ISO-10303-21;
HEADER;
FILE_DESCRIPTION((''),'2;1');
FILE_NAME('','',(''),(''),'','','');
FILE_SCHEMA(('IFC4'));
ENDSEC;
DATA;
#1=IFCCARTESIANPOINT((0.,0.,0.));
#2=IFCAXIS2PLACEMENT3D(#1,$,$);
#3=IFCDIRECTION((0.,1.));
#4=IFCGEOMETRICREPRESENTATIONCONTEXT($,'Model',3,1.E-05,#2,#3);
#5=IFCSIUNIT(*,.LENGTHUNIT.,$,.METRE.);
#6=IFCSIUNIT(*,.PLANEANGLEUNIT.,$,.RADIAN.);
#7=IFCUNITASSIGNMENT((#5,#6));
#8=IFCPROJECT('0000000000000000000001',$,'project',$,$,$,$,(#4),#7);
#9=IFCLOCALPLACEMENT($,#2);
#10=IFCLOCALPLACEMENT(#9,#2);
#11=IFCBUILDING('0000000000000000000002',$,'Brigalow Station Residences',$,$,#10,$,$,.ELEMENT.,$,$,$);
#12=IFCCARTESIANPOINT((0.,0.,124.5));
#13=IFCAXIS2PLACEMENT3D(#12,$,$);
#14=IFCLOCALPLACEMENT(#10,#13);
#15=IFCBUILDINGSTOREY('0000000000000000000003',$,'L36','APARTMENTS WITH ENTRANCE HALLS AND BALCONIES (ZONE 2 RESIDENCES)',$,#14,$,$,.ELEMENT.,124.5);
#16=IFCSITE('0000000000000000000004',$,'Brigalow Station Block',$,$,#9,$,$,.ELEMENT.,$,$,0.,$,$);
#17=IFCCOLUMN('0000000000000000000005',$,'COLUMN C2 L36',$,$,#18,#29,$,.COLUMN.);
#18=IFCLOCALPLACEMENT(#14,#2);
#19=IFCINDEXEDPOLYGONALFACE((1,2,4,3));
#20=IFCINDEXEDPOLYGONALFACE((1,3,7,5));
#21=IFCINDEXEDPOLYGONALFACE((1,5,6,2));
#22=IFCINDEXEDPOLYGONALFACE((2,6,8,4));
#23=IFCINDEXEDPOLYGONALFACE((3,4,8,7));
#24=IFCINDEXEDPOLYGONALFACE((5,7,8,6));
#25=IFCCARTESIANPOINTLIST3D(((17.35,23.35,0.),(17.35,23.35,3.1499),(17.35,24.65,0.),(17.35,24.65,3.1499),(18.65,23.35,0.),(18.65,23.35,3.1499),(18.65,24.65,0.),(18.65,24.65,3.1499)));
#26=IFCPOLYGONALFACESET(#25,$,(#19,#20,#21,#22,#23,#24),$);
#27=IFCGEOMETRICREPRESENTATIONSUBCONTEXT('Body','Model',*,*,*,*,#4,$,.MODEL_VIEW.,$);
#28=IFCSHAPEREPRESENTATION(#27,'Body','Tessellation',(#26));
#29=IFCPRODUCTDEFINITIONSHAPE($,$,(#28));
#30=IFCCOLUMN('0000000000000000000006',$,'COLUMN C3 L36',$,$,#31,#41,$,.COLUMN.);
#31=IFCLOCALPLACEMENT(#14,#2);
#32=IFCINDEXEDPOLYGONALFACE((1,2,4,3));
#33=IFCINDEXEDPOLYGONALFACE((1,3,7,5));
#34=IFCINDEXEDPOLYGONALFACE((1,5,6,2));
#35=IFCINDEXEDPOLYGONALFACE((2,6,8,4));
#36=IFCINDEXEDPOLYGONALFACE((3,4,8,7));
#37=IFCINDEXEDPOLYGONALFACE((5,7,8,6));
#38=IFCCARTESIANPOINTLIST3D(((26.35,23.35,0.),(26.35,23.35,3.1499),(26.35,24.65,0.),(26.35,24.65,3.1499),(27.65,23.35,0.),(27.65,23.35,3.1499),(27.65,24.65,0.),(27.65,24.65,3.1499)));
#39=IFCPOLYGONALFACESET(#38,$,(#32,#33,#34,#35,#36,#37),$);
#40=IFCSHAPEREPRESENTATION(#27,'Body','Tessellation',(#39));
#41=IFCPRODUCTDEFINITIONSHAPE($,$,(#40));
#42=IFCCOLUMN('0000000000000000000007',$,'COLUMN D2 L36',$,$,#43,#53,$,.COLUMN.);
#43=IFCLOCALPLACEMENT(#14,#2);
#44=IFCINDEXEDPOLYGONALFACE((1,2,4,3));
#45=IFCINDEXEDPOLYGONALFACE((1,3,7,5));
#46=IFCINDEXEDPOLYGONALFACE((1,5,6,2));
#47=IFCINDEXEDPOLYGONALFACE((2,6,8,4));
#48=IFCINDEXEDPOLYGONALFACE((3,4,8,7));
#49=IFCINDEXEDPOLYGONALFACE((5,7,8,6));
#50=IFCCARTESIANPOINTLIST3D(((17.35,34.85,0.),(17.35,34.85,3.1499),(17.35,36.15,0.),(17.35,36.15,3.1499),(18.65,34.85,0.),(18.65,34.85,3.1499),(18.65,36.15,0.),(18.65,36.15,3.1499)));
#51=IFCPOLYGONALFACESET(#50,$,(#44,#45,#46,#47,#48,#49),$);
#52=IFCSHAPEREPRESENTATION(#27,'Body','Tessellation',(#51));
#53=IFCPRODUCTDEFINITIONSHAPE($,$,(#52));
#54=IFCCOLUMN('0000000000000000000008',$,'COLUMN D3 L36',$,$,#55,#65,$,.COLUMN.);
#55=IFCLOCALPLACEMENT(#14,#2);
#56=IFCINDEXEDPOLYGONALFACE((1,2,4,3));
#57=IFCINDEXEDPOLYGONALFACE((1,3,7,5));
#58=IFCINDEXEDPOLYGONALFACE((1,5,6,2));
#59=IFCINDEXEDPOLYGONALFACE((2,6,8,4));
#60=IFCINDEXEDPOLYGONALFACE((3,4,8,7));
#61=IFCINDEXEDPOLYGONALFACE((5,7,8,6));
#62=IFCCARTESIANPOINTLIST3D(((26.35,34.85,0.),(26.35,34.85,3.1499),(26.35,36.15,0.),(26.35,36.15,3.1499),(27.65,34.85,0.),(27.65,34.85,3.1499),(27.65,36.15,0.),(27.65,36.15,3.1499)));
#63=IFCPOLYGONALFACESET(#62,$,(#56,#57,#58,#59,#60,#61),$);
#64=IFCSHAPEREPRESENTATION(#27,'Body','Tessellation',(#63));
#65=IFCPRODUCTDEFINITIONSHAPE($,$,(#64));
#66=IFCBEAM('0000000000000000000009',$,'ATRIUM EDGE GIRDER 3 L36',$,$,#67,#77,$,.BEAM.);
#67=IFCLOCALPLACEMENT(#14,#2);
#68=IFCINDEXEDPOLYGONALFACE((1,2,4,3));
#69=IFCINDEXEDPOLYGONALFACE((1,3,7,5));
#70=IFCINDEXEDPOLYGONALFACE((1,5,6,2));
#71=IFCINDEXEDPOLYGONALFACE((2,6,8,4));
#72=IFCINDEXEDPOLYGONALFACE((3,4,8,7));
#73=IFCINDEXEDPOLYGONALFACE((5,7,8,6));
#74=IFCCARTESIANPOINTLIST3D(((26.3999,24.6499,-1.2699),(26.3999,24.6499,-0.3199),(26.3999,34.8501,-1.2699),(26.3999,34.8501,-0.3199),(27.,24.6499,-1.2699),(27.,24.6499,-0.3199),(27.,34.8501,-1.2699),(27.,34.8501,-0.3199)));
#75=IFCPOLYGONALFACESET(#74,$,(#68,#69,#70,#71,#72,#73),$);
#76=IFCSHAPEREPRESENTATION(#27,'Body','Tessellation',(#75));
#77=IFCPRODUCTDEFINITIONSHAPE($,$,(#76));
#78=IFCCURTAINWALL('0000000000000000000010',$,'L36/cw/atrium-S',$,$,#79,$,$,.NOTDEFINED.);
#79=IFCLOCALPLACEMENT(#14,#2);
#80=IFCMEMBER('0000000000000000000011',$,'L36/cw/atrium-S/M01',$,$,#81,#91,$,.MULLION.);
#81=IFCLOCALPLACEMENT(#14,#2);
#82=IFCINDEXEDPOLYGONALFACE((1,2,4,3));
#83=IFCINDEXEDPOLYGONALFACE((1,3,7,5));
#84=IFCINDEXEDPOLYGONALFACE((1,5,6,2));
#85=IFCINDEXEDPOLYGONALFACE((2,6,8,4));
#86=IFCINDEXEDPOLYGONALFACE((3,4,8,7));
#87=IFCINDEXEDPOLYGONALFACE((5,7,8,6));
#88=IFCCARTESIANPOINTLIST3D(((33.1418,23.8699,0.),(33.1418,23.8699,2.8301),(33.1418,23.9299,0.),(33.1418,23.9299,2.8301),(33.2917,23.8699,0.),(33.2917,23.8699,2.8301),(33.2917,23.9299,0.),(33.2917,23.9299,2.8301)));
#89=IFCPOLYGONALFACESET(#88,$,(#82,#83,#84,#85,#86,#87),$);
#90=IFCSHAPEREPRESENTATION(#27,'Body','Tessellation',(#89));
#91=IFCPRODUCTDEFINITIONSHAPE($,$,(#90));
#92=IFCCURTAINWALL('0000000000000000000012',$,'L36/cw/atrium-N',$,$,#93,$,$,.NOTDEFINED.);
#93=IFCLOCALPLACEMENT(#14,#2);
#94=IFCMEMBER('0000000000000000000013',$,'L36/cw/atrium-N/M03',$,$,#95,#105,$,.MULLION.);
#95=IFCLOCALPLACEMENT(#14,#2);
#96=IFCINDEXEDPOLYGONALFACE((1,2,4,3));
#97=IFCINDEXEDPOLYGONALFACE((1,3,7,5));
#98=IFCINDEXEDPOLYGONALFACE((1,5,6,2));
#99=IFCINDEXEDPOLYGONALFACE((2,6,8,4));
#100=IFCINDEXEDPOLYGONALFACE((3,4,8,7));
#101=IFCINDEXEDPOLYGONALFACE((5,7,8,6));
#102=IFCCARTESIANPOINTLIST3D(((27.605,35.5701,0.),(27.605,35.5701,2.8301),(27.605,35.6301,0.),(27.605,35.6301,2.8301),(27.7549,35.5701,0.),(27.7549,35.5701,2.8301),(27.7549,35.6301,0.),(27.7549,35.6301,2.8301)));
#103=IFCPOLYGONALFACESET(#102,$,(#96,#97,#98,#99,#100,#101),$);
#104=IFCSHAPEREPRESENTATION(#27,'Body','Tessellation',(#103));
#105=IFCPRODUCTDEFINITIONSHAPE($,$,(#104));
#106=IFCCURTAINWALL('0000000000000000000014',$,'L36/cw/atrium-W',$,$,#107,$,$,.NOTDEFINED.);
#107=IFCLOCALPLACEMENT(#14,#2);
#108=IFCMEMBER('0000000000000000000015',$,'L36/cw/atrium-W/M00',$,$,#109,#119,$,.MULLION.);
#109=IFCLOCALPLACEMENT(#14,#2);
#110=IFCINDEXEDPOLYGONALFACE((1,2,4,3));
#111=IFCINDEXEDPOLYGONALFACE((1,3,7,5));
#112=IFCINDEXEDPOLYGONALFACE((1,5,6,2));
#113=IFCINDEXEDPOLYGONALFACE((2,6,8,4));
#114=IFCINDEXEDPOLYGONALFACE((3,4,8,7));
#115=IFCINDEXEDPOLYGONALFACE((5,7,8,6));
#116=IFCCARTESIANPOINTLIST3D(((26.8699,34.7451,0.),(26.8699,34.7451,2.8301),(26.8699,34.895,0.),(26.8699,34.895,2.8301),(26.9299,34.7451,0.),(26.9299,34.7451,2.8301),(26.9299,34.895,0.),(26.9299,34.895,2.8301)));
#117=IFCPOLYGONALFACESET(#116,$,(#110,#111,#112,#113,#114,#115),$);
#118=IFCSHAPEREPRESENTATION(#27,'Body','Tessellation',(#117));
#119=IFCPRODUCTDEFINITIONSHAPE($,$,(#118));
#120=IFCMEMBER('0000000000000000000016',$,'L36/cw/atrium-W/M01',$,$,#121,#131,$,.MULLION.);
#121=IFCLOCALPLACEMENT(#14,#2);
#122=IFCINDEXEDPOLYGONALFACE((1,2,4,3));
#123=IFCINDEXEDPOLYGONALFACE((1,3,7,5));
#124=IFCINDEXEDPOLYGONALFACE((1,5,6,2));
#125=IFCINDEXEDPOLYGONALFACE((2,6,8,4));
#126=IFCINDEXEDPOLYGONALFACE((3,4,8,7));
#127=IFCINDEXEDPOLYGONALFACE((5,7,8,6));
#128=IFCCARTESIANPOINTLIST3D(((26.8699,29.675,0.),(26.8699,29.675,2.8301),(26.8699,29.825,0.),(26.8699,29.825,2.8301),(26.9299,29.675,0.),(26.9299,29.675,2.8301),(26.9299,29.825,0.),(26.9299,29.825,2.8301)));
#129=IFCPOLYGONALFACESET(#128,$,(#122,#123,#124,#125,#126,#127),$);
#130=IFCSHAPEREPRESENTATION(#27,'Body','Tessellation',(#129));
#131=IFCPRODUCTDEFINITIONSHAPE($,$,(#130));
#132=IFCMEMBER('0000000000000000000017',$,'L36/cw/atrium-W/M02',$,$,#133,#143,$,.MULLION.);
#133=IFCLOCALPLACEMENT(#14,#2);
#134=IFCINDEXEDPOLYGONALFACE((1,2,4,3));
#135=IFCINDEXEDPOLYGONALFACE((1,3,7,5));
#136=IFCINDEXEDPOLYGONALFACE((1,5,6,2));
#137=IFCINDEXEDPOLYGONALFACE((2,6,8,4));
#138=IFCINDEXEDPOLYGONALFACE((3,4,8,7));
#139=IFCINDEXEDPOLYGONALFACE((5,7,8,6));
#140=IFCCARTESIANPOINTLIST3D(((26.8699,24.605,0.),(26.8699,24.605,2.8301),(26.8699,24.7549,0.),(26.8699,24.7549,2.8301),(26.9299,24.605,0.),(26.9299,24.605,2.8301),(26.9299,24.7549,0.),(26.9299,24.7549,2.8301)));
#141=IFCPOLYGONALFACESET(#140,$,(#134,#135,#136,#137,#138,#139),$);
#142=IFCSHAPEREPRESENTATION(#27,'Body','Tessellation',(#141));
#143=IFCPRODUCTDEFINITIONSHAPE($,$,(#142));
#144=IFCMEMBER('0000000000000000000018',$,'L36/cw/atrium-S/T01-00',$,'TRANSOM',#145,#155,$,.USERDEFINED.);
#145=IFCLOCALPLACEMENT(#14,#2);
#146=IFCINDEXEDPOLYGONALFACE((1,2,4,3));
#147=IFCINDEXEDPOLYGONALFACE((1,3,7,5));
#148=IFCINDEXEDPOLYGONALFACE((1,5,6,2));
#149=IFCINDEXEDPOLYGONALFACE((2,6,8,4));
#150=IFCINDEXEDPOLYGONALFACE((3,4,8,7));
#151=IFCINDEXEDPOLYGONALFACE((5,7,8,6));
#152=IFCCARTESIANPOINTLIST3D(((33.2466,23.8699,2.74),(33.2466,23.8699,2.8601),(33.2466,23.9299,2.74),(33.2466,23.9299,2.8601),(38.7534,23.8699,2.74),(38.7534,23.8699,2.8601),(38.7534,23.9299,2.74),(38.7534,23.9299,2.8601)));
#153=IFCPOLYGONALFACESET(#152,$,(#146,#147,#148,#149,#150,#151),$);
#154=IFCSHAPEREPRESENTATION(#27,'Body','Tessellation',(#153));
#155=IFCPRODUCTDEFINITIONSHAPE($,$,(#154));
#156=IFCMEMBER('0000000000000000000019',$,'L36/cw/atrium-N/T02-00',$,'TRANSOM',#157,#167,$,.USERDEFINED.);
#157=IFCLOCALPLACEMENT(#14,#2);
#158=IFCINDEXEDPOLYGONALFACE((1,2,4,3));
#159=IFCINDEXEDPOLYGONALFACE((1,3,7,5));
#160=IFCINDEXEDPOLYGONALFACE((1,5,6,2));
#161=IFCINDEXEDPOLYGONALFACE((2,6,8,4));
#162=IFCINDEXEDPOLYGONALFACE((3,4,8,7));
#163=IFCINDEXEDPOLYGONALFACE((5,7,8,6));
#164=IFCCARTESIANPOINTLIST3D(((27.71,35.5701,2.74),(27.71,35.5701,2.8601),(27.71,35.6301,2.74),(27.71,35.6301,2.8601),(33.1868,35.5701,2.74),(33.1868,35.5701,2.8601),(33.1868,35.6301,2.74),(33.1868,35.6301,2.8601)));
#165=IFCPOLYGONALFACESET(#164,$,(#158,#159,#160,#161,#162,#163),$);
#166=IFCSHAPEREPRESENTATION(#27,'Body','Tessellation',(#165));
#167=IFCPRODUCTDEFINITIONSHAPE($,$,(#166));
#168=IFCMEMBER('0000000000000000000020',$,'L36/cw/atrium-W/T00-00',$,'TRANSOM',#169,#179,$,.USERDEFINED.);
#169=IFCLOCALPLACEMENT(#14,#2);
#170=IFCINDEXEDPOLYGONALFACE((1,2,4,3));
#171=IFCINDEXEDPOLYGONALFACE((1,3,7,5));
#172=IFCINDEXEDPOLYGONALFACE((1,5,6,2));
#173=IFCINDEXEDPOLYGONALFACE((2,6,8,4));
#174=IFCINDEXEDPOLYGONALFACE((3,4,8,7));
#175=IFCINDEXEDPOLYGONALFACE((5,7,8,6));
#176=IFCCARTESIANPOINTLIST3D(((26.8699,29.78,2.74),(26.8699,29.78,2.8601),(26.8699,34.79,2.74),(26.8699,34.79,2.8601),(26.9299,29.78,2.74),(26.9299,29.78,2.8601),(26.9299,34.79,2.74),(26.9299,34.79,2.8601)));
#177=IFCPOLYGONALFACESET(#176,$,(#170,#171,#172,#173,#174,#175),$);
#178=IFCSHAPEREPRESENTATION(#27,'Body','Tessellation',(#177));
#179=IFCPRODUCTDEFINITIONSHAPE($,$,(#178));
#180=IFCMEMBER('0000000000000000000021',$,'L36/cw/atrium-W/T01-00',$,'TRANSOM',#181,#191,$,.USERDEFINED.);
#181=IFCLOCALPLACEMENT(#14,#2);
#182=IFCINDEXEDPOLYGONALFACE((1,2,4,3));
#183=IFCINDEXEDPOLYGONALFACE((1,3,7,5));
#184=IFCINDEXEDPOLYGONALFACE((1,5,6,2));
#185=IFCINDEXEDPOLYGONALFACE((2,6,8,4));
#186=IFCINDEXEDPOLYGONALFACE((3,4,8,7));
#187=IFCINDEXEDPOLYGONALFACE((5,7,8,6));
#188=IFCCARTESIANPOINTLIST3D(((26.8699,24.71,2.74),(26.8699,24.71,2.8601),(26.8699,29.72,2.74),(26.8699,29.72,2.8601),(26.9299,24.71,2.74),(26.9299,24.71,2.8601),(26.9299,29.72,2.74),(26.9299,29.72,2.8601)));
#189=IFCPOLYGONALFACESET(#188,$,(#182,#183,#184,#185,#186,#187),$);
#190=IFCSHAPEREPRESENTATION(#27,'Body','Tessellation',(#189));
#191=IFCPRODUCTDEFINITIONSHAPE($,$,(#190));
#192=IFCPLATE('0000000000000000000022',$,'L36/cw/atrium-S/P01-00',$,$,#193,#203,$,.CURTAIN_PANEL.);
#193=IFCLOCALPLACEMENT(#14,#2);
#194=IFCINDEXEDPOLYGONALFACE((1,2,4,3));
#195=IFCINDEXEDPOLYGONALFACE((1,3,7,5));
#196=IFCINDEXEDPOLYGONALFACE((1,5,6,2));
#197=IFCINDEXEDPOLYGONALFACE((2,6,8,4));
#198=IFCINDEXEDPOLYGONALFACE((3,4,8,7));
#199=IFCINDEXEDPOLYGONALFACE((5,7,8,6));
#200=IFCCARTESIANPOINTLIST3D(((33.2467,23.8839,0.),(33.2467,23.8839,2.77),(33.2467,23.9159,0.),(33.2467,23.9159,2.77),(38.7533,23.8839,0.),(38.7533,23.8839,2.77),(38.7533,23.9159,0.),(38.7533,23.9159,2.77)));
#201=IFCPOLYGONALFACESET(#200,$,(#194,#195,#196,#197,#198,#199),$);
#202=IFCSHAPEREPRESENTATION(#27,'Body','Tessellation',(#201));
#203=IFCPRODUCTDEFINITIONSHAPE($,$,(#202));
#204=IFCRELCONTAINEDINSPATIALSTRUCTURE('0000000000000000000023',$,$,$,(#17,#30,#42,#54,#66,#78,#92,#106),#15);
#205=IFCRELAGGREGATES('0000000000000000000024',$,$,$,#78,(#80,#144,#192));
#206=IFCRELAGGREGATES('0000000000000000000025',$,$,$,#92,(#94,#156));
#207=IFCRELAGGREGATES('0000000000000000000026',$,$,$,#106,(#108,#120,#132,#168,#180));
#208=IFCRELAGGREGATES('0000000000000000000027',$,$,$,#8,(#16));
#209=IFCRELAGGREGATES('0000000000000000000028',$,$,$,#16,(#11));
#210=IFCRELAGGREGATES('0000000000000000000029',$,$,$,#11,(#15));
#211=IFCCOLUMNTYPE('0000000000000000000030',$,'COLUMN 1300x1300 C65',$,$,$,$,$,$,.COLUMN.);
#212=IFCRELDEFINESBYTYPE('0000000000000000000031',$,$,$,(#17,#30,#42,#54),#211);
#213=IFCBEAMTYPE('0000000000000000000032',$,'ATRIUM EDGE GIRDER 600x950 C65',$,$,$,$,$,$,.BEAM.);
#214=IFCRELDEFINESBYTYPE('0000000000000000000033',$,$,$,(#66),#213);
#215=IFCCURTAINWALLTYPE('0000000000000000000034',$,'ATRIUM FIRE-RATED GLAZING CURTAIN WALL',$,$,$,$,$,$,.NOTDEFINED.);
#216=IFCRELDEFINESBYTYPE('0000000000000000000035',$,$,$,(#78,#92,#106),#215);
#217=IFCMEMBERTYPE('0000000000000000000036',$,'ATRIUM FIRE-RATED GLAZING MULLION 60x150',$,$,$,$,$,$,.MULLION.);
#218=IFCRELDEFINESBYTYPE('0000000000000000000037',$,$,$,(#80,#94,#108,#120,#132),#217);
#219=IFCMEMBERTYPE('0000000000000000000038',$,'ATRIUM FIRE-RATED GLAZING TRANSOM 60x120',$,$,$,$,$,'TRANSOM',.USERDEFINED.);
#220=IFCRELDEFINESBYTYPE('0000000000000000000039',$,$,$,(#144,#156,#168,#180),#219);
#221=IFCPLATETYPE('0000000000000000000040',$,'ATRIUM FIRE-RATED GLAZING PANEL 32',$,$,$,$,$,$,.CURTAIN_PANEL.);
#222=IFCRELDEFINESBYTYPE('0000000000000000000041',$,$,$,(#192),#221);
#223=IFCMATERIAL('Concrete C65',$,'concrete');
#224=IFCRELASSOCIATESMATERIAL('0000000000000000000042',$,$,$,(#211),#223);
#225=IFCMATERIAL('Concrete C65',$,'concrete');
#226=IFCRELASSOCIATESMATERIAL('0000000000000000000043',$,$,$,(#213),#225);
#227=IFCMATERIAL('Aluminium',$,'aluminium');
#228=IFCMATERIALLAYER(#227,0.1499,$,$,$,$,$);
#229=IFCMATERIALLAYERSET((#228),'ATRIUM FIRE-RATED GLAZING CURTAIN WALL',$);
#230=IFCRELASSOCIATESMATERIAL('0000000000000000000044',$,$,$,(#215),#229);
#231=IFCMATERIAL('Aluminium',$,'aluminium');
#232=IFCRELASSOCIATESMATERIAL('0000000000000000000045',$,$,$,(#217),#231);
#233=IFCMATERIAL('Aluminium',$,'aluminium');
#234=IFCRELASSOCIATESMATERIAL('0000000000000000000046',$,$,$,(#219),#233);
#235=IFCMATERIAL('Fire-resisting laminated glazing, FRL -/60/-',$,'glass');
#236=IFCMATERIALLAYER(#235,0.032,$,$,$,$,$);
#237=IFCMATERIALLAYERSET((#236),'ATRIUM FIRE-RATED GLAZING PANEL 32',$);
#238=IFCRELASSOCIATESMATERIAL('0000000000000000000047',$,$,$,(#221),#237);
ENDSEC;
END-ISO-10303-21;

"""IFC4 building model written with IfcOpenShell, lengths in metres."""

from ifc_helpers import new_model, si_unit, direction, frame, origin, origin_2d, place, context, subcontext, project, spatial, rectangle, extrude, material, layer, layer_set, material_profile, profile_set, type_object, element, aggregate, save


model = new_model("IFC4")

# Units and contexts
model_context = context("Model", 3, precision=1e-05, world=origin(), true_north=direction((0.0, 1.0)))
body_context = subcontext(model_context, "Body", "Model", "MODEL_VIEW")
ifc_project = project(units=[si_unit("LENGTHUNIT", "METRE"), si_unit("PLANEANGLEUNIT", "RADIAN")], contexts=[model_context])

# Site, building, storey
site_placement = place(None, origin())
site = spatial("IfcSite", under=ifc_project, at=site_placement, Name="Brigalow Station Block", CompositionType="ELEMENT", RefElevation=0.0)
building_placement = place(site_placement, origin())
building = spatial("IfcBuilding", under=site, at=building_placement, Name="Brigalow Station Residences", CompositionType="ELEMENT")
storey_placement = place(building_placement, frame((0.0, 0.0, 124.5)))
storey = spatial("IfcBuildingStorey", under=building, at=storey_placement, Name="L36", Description="APARTMENTS WITH ENTRANCE HALLS AND BALCONIES (ZONE 2 RESIDENCES)", CompositionType="ELEMENT", Elevation=124.5)

# Columns
ifc_material_1 = material(Name="Concrete C65", Category="concrete")
ifc_material_profile_1 = material_profile(ifc_material_1, rectangle(XDim=1.3, YDim=1.3, at=origin_2d()), Name="RC1300x1300")
ifc_profile_set_1 = profile_set([ifc_material_profile_1], Name="Concrete C65")
column_type = type_object("IfcColumnType", Name="COLUMN 1300x1300 C65", PredefinedType="COLUMN", material=ifc_profile_set_1)
for number, where, z_axis, x_axis, name in (
    (1, (18.0, 24.0, 0.0), (0.0, 0.0, 1.0), (1.0, 0.0, 0.0), "COLUMN C2 L36"),
    (2, (27.0, 24.0, 0.0), (0.0, 0.0, 1.0), (1.0, 0.0, 0.0), "COLUMN C3 L36"),
    (3, (18.0, 35.5, 0.0), (0.0, 0.0, 1.0), (1.0, 0.0, 0.0), "COLUMN D2 L36"),
    (4, (27.0, 35.5, 0.0), (0.0, 0.0, 1.0), (1.0, 0.0, 0.0), "COLUMN D3 L36"),
):
    element("IfcColumn", number, at=place(storey_placement, frame(where, z_axis=z_axis, x_axis=x_axis)), inside=storey, type_object=column_type, Name=name, PredefinedType="COLUMN", context=body_context, shape_type="SweptSolid", body=[
        extrude(rectangle(XDim=1.3, YDim=1.3, at=origin_2d()), origin(), (0.0, 0.0, 1.0), 3.1499),
    ])

# Beam
ifc_material_2 = material(Name="Concrete C65", Category="concrete")
ifc_material_profile_2 = material_profile(ifc_material_2, rectangle(XDim=0.6001, YDim=0.95, at=origin_2d()), Name="RC600x950")
ifc_profile_set_2 = profile_set([ifc_material_profile_2], Name="Concrete C65")
beam_type = type_object("IfcBeamType", Name="ATRIUM EDGE GIRDER 600x950 C65", PredefinedType="BEAM", material=ifc_profile_set_2)
beam_placement = place(storey_placement, frame((26.7, 24.6499, -0.7949), z_axis=(0.0, 1.0, 0.0), x_axis=(-1.0, 0.0, 0.0)))
element("IfcBeam", 5, at=beam_placement, inside=storey, type_object=beam_type, Name="ATRIUM EDGE GIRDER 3 L36", PredefinedType="BEAM", context=body_context, shape_type="SweptSolid", body=[
    extrude(rectangle(XDim=0.6001, YDim=0.95, at=origin_2d()), origin(), (0.0, 0.0, 1.0), 10.2002),
])

# Curtain walls, members
ifc_material_3 = material(Name="Aluminium", Category="aluminium")
ifc_layer_1 = layer(ifc_material_3, 0.1499)
ifc_layer_set_1 = layer_set([ifc_layer_1], Name="ATRIUM FIRE-RATED GLAZING CURTAIN WALL")
curtain_wall_type = type_object("IfcCurtainWallType", Name="ATRIUM FIRE-RATED GLAZING CURTAIN WALL", PredefinedType="NOTDEFINED", material=ifc_layer_set_1)
curtain_wall_1_placement = place(storey_placement, origin())
curtain_wall_1 = element("IfcCurtainWall", 6, at=curtain_wall_1_placement, inside=storey, type_object=curtain_wall_type, Name="L36/cw/atrium-S", PredefinedType="NOTDEFINED")
ifc_material_4 = material(Name="Aluminium", Category="aluminium")
ifc_material_profile_3 = material_profile(ifc_material_4, rectangle(XDim=0.0601, YDim=0.1499, at=origin_2d()), Name="ATRIUM FIRE-RATED GLAZING MULLION 60x150")
ifc_profile_set_3 = profile_set([ifc_material_profile_3], Name="Aluminium")
member_type_1 = type_object("IfcMemberType", Name="ATRIUM FIRE-RATED GLAZING MULLION 60x150", PredefinedType="MULLION", material=ifc_profile_set_3)
member_1_placement = place(storey_placement, frame((33.2168, 23.8999, 0.0), z_axis=(0.0, 0.0, 1.0), x_axis=(0.0, 1.0, 0.0)))
member_1 = element("IfcMember", 7, at=member_1_placement, type_object=member_type_1, Name="L36/cw/atrium-S/M01", PredefinedType="MULLION", context=body_context, shape_type="SweptSolid", body=[
    extrude(rectangle(XDim=0.0601, YDim=0.1499, at=origin_2d()), origin(), (0.0, 0.0, 1.0), 2.8301),
])
curtain_wall_2_placement = place(storey_placement, origin())
curtain_wall_2 = element("IfcCurtainWall", 8, at=curtain_wall_2_placement, inside=storey, type_object=curtain_wall_type, Name="L36/cw/atrium-N", PredefinedType="NOTDEFINED")
member_2_placement = place(storey_placement, frame((27.6799, 35.6001, 0.0), z_axis=(0.0, 0.0, 1.0), x_axis=(0.0, -1.0, 0.0)))
member_2 = element("IfcMember", 9, at=member_2_placement, type_object=member_type_1, Name="L36/cw/atrium-N/M03", PredefinedType="MULLION", context=body_context, shape_type="SweptSolid", body=[
    extrude(rectangle(XDim=0.0601, YDim=0.1499, at=origin_2d()), origin(), (0.0, 0.0, 1.0), 2.8301),
])

# Curtain wall, members
curtain_wall_3_placement = place(storey_placement, origin())
curtain_wall_3 = element("IfcCurtainWall", 10, at=curtain_wall_3_placement, inside=storey, type_object=curtain_wall_type, Name="L36/cw/atrium-W", PredefinedType="NOTDEFINED")
member_3_placement = place(storey_placement, frame((26.8999, 34.8201, 0.0), z_axis=(0.0, 0.0, 1.0), x_axis=(1.0, 0.0, 0.0)))
member_3 = element("IfcMember", 11, at=member_3_placement, type_object=member_type_1, Name="L36/cw/atrium-W/M00", PredefinedType="MULLION", context=body_context, shape_type="SweptSolid", body=[
    extrude(rectangle(XDim=0.0601, YDim=0.1499, at=origin_2d()), origin(), (0.0, 0.0, 1.0), 2.8301),
])
member_4_placement = place(storey_placement, frame((26.8999, 29.75, 0.0), z_axis=(0.0, 0.0, 1.0), x_axis=(1.0, 0.0, 0.0)))
member_4 = element("IfcMember", 12, at=member_4_placement, type_object=member_type_1, Name="L36/cw/atrium-W/M01", PredefinedType="MULLION", context=body_context, shape_type="SweptSolid", body=[
    extrude(rectangle(XDim=0.0601, YDim=0.1499, at=origin_2d()), origin(), (0.0, 0.0, 1.0), 2.8301),
])
member_5_placement = place(storey_placement, frame((26.8999, 24.6799, 0.0), z_axis=(0.0, 0.0, 1.0), x_axis=(1.0, 0.0, 0.0)))
member_5 = element("IfcMember", 13, at=member_5_placement, type_object=member_type_1, Name="L36/cw/atrium-W/M02", PredefinedType="MULLION", context=body_context, shape_type="SweptSolid", body=[
    extrude(rectangle(XDim=0.0601, YDim=0.1499, at=origin_2d()), origin(), (0.0, 0.0, 1.0), 2.8301),
])

# Members
ifc_material_5 = material(Name="Aluminium", Category="aluminium")
ifc_material_profile_4 = material_profile(ifc_material_5, rectangle(XDim=0.0601, YDim=0.1201, at=origin_2d()), Name="ATRIUM FIRE-RATED GLAZING TRANSOM 60x120")
ifc_profile_set_4 = profile_set([ifc_material_profile_4], Name="Aluminium")
member_type_2 = type_object("IfcMemberType", Name="ATRIUM FIRE-RATED GLAZING TRANSOM 60x120", ElementType="TRANSOM", PredefinedType="USERDEFINED", material=ifc_profile_set_4)
member_6_placement = place(storey_placement, frame((33.2466, 23.8999, 2.8), z_axis=(1.0, 0.0, 0.0), x_axis=(0.0, 1.0, 0.0)))
member_6 = element("IfcMember", 14, at=member_6_placement, type_object=member_type_2, Name="L36/cw/atrium-S/T01-00", ObjectType="TRANSOM", PredefinedType="USERDEFINED", context=body_context, shape_type="SweptSolid", body=[
    extrude(rectangle(XDim=0.0601, YDim=0.1201, at=origin_2d()), origin(), (0.0, 0.0, 1.0), 5.5068),
])
member_7_placement = place(storey_placement, frame((33.1868, 35.6001, 2.8), z_axis=(-1.0, 0.0, 0.0), x_axis=(0.0, -1.0, 0.0)))
member_7 = element("IfcMember", 15, at=member_7_placement, type_object=member_type_2, Name="L36/cw/atrium-N/T02-00", ObjectType="TRANSOM", PredefinedType="USERDEFINED", context=body_context, shape_type="SweptSolid", body=[
    extrude(rectangle(XDim=0.0601, YDim=0.1201, at=origin_2d()), origin(), (0.0, 0.0, 1.0), 5.4768),
])
member_8_placement = place(storey_placement, frame((26.8999, 34.79, 2.8), z_axis=(0.0, -1.0, 0.0), x_axis=(1.0, 0.0, 0.0)))
member_8 = element("IfcMember", 16, at=member_8_placement, type_object=member_type_2, Name="L36/cw/atrium-W/T00-00", ObjectType="TRANSOM", PredefinedType="USERDEFINED", context=body_context, shape_type="SweptSolid", body=[
    extrude(rectangle(XDim=0.0601, YDim=0.1201, at=origin_2d()), origin(), (0.0, 0.0, 1.0), 5.01),
])
member_9_placement = place(storey_placement, frame((26.8999, 29.72, 2.8), z_axis=(0.0, -1.0, 0.0), x_axis=(1.0, 0.0, 0.0)))
member_9 = element("IfcMember", 17, at=member_9_placement, type_object=member_type_2, Name="L36/cw/atrium-W/T01-00", ObjectType="TRANSOM", PredefinedType="USERDEFINED", context=body_context, shape_type="SweptSolid", body=[
    extrude(rectangle(XDim=0.0601, YDim=0.1201, at=origin_2d()), origin(), (0.0, 0.0, 1.0), 5.01),
])

# Plate
ifc_material_6 = material(Name="Fire-resisting laminated glazing, FRL -/60/-", Category="glass")
ifc_layer_2 = layer(ifc_material_6, 0.032)
ifc_layer_set_2 = layer_set([ifc_layer_2], Name="ATRIUM FIRE-RATED GLAZING PANEL 32")
plate_type = type_object("IfcPlateType", Name="ATRIUM FIRE-RATED GLAZING PANEL 32", PredefinedType="CURTAIN_PANEL", material=ifc_layer_set_2)
plate_1_placement = place(storey_placement, frame((36.0, 23.8999, 0.0), z_axis=(0.0, 0.0, 1.0), x_axis=(1.0, 0.0, 0.0)))
plate_1 = element("IfcPlate", 18, at=plate_1_placement, type_object=plate_type, Name="L36/cw/atrium-S/P01-00", PredefinedType="CURTAIN_PANEL", context=body_context, shape_type="SweptSolid", body=[
    extrude(rectangle(XDim=5.5066, YDim=0.032, at=origin_2d()), origin(), (0.0, 0.0, 1.0), 2.77),
])
aggregate(curtain_wall_1, [member_1, member_6, plate_1])
aggregate(curtain_wall_2, [member_2, member_7])
aggregate(curtain_wall_3, [member_3, member_4, member_5, member_8, member_9])

save(model, "model.ifc")
